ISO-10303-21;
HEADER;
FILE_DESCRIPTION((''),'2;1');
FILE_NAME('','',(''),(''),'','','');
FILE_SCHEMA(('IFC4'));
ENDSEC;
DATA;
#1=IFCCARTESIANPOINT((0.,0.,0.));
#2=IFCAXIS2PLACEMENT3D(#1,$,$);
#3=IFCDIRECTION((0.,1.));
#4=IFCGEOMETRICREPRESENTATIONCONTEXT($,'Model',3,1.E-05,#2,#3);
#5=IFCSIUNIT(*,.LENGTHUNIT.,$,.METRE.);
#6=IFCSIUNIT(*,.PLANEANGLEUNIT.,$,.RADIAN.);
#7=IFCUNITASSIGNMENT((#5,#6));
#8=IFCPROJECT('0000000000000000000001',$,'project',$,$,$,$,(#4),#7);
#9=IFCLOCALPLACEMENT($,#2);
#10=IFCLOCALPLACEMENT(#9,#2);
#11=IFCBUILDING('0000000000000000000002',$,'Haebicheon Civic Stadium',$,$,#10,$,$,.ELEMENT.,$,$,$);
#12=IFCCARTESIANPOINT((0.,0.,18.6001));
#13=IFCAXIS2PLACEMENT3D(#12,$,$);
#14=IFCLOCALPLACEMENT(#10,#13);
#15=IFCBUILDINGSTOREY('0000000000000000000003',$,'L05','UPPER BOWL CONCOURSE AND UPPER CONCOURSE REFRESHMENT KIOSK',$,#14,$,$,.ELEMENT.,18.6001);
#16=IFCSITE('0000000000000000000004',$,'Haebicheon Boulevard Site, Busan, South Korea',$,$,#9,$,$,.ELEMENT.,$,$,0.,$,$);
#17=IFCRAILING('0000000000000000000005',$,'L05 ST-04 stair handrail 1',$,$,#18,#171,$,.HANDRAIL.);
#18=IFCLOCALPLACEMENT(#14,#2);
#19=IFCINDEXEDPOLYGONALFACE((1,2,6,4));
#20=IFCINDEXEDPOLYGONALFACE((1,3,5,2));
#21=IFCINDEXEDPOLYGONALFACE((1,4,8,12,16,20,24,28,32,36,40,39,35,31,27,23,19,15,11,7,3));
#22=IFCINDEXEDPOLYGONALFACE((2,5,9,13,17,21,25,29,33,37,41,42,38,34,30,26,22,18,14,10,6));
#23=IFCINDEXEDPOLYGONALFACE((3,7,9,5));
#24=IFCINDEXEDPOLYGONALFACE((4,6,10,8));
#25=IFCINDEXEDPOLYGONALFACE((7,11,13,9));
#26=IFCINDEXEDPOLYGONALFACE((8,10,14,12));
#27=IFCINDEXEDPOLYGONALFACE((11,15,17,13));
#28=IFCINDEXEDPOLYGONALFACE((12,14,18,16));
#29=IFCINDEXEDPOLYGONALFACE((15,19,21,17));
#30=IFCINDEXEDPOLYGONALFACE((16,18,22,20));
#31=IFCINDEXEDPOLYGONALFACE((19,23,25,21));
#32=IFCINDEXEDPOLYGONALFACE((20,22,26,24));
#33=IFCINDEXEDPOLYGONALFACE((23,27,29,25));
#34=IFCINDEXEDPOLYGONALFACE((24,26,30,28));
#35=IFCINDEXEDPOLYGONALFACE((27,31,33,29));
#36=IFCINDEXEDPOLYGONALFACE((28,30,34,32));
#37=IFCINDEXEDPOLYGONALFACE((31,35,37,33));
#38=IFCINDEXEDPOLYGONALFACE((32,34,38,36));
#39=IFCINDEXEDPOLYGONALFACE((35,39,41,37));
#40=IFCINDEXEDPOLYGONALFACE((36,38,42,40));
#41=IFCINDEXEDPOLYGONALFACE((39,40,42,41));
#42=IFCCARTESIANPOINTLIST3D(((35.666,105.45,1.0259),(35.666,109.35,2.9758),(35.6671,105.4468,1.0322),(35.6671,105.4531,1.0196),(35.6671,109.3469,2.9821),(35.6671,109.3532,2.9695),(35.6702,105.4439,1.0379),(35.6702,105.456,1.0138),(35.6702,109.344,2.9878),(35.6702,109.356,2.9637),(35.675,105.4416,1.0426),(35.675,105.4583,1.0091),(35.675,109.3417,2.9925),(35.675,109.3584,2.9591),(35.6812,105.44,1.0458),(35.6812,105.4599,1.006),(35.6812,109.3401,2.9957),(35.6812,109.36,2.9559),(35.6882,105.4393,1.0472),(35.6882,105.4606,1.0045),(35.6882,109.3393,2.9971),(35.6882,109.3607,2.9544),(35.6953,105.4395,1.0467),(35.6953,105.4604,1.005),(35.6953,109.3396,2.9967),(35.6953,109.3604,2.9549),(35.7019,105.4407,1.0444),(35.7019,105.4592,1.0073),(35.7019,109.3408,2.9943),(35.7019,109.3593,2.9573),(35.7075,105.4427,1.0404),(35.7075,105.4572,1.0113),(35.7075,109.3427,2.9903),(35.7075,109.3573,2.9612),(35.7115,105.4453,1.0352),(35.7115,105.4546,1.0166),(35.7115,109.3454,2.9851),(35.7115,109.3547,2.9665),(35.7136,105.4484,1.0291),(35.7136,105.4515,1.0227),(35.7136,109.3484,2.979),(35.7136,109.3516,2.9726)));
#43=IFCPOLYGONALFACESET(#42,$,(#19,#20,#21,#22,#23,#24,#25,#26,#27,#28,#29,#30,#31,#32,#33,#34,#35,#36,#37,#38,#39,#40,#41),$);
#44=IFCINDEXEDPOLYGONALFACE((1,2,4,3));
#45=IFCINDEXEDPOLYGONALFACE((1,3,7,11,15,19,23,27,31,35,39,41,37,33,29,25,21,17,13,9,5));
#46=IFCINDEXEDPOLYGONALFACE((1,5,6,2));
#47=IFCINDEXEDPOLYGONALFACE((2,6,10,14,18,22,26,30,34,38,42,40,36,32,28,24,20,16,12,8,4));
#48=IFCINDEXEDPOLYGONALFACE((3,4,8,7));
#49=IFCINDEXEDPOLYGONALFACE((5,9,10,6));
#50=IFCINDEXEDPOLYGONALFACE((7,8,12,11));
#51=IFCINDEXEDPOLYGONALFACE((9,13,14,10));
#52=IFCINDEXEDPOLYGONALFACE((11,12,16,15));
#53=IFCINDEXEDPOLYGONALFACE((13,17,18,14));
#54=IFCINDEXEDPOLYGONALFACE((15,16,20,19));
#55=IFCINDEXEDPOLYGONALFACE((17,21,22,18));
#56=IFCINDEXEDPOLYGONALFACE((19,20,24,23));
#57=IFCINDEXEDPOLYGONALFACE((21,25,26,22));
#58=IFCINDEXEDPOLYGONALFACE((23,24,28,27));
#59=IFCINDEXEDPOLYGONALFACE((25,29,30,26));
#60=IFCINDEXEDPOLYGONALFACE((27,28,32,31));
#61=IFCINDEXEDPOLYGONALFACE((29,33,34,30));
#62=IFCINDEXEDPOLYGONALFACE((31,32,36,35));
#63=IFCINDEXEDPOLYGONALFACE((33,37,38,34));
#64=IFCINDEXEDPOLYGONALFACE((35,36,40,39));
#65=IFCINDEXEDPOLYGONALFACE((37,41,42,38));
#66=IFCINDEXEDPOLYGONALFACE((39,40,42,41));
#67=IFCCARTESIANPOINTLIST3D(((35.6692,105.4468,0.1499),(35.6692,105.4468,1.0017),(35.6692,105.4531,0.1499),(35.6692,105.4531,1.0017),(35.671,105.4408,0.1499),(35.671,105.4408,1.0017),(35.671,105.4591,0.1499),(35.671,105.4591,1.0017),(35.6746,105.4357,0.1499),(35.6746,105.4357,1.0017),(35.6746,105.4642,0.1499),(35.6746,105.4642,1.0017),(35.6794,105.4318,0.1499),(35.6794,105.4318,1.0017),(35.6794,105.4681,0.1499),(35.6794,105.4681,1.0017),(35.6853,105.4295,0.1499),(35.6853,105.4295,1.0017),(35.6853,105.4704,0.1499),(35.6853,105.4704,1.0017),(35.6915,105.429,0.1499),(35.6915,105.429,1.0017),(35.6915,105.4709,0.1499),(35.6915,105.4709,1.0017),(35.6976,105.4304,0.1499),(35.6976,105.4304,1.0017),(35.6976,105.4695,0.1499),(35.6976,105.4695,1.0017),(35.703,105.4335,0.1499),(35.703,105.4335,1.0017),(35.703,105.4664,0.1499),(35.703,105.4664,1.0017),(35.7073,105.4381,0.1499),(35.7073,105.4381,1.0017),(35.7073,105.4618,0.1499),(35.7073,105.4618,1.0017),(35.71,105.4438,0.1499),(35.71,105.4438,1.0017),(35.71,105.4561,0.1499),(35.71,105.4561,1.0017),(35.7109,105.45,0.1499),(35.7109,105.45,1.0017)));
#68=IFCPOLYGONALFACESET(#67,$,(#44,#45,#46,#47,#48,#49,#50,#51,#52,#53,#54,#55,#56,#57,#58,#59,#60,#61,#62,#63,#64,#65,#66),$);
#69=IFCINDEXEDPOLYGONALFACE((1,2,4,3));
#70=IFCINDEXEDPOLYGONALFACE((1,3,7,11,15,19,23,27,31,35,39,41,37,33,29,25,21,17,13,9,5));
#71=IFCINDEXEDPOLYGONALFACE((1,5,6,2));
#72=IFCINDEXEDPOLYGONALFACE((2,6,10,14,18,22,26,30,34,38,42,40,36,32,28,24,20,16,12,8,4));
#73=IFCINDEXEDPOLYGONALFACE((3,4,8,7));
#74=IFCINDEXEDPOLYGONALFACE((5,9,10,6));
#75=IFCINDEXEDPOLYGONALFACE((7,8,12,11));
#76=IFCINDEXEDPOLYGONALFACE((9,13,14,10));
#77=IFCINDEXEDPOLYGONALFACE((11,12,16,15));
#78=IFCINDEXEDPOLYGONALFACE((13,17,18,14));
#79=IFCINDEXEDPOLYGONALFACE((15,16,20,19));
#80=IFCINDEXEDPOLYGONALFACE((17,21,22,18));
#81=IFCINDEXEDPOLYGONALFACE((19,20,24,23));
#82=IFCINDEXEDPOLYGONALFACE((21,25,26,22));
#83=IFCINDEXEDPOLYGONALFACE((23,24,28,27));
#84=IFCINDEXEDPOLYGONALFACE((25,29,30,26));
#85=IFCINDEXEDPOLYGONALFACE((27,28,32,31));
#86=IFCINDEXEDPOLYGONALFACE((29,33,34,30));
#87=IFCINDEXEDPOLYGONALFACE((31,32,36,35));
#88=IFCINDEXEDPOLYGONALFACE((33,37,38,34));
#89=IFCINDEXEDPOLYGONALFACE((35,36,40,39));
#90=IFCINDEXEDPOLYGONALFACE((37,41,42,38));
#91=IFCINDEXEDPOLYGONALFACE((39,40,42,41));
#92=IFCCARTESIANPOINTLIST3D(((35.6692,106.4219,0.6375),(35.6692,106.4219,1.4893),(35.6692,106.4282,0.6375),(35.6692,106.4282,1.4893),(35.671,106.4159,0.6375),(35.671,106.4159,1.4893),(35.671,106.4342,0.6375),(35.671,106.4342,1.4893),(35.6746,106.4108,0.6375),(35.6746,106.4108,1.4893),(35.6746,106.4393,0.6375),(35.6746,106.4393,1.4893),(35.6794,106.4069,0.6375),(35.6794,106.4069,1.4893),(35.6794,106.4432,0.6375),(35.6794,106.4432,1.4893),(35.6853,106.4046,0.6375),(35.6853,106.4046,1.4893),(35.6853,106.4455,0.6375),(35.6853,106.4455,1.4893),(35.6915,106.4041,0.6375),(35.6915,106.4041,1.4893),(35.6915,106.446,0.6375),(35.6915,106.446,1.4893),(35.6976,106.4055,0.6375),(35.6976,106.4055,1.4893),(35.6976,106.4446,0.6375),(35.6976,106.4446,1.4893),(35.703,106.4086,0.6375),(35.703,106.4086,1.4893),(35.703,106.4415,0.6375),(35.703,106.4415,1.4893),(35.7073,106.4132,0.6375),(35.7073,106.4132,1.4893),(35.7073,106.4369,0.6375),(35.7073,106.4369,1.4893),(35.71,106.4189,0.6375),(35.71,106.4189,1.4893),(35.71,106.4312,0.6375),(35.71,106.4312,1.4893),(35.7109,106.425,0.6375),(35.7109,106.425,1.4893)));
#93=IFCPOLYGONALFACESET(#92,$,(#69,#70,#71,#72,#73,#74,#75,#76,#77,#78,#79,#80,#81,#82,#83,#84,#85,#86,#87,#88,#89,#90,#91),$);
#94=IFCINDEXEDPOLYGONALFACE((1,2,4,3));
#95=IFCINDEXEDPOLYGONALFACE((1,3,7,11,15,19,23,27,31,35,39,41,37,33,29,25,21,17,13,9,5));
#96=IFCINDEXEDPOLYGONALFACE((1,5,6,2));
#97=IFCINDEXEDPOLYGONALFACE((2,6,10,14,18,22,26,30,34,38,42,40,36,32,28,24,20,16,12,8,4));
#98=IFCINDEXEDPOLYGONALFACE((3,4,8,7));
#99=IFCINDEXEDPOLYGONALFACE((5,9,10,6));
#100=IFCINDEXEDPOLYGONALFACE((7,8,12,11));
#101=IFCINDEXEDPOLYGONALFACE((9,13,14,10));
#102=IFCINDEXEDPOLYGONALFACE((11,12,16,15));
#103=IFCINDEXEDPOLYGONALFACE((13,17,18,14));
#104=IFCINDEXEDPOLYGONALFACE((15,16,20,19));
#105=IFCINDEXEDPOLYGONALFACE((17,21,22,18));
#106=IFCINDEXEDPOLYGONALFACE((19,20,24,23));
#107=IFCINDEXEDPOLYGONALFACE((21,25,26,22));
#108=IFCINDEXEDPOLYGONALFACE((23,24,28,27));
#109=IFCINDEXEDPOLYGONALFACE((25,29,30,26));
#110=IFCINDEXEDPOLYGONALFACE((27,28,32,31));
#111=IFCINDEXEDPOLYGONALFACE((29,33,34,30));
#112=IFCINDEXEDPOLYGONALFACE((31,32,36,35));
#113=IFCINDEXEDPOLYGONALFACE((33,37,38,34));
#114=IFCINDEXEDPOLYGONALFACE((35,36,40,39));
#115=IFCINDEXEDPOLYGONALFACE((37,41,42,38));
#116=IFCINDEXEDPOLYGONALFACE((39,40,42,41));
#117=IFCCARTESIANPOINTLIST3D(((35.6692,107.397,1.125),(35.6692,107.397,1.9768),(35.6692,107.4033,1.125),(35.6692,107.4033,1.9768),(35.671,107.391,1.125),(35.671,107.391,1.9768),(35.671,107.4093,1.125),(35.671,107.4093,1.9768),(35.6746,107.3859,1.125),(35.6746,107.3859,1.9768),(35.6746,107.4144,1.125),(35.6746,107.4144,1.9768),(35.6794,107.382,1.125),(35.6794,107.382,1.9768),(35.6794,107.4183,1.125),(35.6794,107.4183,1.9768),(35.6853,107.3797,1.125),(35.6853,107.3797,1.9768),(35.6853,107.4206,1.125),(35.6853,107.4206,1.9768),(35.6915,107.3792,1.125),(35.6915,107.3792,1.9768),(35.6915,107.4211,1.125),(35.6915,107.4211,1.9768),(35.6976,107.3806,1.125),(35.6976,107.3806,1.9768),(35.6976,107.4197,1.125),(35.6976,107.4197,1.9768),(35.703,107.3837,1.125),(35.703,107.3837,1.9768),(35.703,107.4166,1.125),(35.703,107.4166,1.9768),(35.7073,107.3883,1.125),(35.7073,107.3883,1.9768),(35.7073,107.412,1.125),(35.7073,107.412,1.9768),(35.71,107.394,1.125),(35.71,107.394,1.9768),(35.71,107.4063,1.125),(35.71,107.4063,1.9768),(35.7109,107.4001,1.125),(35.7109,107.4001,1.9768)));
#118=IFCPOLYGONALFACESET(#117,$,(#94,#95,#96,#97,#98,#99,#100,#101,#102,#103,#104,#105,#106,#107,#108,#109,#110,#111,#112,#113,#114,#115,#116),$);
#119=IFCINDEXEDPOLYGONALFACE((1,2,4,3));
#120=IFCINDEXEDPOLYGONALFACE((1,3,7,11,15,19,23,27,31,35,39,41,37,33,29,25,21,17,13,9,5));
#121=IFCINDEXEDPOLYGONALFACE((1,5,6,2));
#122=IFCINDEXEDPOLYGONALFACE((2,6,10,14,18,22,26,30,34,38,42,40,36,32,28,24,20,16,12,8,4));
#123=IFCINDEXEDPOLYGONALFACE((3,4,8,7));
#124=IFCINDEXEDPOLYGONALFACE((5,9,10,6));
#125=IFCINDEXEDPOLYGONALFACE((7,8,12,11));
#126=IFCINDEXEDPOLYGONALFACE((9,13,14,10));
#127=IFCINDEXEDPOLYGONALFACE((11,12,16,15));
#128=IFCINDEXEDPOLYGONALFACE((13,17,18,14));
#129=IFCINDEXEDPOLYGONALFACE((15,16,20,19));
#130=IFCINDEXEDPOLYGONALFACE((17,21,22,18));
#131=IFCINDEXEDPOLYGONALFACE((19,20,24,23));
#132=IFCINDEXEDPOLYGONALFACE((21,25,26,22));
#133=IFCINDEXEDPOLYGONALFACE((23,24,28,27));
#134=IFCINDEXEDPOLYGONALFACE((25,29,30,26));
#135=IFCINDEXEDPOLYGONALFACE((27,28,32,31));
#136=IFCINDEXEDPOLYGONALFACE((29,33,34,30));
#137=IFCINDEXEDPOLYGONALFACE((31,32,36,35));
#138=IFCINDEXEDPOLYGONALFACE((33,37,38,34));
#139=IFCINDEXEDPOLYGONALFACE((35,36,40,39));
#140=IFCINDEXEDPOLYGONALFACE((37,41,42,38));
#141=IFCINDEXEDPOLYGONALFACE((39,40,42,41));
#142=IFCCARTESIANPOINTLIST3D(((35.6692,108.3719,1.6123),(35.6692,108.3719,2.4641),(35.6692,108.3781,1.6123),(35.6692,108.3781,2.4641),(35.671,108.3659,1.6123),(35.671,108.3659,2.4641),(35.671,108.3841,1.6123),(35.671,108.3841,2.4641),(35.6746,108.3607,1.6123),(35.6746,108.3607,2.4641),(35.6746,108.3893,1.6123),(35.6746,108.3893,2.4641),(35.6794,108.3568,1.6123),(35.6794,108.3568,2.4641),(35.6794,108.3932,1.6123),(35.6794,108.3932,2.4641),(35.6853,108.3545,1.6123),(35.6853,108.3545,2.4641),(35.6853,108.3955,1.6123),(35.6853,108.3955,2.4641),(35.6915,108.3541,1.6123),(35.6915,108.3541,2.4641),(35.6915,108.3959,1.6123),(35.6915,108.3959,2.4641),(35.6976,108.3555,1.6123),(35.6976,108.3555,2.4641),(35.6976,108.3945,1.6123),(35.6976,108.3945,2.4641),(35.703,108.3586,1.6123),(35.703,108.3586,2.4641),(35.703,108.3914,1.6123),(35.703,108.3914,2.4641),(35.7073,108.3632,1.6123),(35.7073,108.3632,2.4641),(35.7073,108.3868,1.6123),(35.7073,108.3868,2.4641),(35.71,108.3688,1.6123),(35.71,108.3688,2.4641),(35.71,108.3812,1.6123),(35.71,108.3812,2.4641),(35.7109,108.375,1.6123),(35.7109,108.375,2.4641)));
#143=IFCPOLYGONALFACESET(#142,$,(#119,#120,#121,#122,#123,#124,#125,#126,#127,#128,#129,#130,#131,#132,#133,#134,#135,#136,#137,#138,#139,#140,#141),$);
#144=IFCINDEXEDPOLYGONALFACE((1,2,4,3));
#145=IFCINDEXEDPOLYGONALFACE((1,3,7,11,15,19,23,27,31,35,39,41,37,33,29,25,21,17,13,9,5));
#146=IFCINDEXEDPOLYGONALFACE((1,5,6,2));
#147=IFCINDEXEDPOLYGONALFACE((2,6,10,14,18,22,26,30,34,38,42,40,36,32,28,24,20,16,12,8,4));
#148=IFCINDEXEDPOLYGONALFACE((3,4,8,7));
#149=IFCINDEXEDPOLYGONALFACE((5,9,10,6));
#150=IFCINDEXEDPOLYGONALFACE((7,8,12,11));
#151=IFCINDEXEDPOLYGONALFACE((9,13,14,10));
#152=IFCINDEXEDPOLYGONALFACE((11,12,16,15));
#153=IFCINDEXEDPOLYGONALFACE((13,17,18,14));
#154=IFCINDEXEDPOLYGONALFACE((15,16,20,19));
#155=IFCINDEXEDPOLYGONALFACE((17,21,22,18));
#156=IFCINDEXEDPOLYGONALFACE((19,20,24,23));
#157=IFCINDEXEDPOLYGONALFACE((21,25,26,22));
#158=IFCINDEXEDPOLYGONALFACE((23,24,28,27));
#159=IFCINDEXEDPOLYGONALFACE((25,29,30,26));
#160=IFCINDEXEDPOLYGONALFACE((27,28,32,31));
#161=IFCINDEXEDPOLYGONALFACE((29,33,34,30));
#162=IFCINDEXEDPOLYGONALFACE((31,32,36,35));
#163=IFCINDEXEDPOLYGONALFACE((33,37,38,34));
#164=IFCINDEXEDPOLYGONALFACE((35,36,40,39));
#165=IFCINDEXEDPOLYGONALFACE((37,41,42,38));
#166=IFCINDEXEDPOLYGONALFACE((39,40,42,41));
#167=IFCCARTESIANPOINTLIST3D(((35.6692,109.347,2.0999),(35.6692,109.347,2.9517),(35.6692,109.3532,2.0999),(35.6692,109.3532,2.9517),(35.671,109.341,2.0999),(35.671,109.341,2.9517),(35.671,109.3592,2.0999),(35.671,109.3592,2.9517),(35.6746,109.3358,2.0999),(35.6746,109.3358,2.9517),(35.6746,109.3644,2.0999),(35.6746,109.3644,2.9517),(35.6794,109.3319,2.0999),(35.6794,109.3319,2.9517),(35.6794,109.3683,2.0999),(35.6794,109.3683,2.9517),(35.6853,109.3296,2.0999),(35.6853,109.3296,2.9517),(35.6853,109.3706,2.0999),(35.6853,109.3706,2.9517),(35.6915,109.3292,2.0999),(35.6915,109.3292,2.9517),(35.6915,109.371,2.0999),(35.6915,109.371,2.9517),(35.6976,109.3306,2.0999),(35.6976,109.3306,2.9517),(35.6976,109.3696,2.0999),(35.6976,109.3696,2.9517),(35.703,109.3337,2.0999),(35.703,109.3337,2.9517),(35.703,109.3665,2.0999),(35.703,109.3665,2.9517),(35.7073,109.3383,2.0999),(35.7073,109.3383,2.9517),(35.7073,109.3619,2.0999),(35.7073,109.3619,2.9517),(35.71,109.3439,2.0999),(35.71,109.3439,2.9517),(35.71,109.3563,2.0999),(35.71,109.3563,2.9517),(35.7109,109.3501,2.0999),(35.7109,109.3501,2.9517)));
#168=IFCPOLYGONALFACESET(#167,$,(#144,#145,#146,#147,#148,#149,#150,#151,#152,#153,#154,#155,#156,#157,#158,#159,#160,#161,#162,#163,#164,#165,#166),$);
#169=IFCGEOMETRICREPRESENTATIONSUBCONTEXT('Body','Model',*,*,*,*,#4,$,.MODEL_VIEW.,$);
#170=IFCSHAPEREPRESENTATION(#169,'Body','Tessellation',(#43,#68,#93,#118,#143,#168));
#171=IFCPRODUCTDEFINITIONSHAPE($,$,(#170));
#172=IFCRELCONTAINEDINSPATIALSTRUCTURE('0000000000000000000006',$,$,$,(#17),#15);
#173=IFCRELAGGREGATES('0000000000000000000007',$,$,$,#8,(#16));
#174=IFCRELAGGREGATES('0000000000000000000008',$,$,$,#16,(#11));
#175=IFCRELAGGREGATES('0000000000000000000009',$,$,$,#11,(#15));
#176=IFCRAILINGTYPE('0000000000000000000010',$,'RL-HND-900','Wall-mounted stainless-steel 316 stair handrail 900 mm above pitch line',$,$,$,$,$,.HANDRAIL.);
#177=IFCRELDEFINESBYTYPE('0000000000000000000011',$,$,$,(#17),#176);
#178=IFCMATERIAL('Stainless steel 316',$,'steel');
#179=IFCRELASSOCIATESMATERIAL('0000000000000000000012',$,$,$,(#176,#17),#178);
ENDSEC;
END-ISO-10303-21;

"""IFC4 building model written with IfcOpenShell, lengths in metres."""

from ifc_helpers import new_model, si_unit, direction, frame, origin, origin_2d, place, context, subcontext, project, spatial, circle, extrude, material, type_object, element, save


model = new_model("IFC4")

# Units and contexts
model_context = context("Model", 3, precision=1e-05, world=origin(), true_north=direction((0.0, 1.0)))
body_context = subcontext(model_context, "Body", "Model", "MODEL_VIEW")
ifc_project = project(units=[si_unit("LENGTHUNIT", "METRE"), si_unit("PLANEANGLEUNIT", "RADIAN")], contexts=[model_context])

# Site, building, storey
site_placement = place(None, origin())
site = spatial("IfcSite", under=ifc_project, at=site_placement, Name="Haebicheon Boulevard Site, Busan, South Korea", CompositionType="ELEMENT", RefElevation=0.0)
building_placement = place(site_placement, origin())
building = spatial("IfcBuilding", under=site, at=building_placement, Name="Haebicheon Civic Stadium", CompositionType="ELEMENT")
storey_placement = place(building_placement, frame((0.0, 0.0, 18.6001)))
storey = spatial("IfcBuildingStorey", under=building, at=storey_placement, Name="L05", Description="UPPER BOWL CONCOURSE AND UPPER CONCOURSE REFRESHMENT KIOSK", CompositionType="ELEMENT", Elevation=18.6001)

# Railing
ifc_material_1 = material(Name="Stainless steel 316", Category="steel")
railing_type_1 = type_object("IfcRailingType", Name="RL-HND-900", Description="Wall-mounted stainless-steel 316 stair handrail 900 mm above pitch line", PredefinedType="HANDRAIL", material=ifc_material_1)
railing_1_placement = place(storey_placement, frame((35.6899, 105.45, 0.1499)))
element("IfcRailing", 1, at=railing_1_placement, inside=storey, type_object=railing_type_1, material=ifc_material_1, Name="L05 ST-04 stair handrail 1", PredefinedType="HANDRAIL", context=body_context, shape_type="SweptSolid", body=[
    extrude(circle(Radius=0.0239, at=origin_2d()), frame((0.0, 0.0, 0.876), z_axis=(0.0, 0.894438, 0.447191), x_axis=(-1.0, 0.0, 0.0)), (0.0, 0.0, 1.0), 4.3604),
    extrude(circle(Radius=0.021, at=origin_2d()), origin(), (0.0, 0.0, 1.0), 0.8518),
    extrude(circle(Radius=0.021, at=origin_2d()), frame((0.0, 0.9751, 0.4875)), (0.0, 0.0, 1.0), 0.8518),
    extrude(circle(Radius=0.021, at=origin_2d()), frame((0.0, 1.9502, 0.9751)), (0.0, 0.0, 1.0), 0.8518),
    extrude(circle(Radius=0.021, at=origin_2d()), frame((0.0, 2.925, 1.4624)), (0.0, 0.0, 1.0), 0.8518),
    extrude(circle(Radius=0.021, at=origin_2d()), frame((0.0, 3.9001, 1.95)), (0.0, 0.0, 1.0), 0.8518),
])

save(model, "model.ifc")
